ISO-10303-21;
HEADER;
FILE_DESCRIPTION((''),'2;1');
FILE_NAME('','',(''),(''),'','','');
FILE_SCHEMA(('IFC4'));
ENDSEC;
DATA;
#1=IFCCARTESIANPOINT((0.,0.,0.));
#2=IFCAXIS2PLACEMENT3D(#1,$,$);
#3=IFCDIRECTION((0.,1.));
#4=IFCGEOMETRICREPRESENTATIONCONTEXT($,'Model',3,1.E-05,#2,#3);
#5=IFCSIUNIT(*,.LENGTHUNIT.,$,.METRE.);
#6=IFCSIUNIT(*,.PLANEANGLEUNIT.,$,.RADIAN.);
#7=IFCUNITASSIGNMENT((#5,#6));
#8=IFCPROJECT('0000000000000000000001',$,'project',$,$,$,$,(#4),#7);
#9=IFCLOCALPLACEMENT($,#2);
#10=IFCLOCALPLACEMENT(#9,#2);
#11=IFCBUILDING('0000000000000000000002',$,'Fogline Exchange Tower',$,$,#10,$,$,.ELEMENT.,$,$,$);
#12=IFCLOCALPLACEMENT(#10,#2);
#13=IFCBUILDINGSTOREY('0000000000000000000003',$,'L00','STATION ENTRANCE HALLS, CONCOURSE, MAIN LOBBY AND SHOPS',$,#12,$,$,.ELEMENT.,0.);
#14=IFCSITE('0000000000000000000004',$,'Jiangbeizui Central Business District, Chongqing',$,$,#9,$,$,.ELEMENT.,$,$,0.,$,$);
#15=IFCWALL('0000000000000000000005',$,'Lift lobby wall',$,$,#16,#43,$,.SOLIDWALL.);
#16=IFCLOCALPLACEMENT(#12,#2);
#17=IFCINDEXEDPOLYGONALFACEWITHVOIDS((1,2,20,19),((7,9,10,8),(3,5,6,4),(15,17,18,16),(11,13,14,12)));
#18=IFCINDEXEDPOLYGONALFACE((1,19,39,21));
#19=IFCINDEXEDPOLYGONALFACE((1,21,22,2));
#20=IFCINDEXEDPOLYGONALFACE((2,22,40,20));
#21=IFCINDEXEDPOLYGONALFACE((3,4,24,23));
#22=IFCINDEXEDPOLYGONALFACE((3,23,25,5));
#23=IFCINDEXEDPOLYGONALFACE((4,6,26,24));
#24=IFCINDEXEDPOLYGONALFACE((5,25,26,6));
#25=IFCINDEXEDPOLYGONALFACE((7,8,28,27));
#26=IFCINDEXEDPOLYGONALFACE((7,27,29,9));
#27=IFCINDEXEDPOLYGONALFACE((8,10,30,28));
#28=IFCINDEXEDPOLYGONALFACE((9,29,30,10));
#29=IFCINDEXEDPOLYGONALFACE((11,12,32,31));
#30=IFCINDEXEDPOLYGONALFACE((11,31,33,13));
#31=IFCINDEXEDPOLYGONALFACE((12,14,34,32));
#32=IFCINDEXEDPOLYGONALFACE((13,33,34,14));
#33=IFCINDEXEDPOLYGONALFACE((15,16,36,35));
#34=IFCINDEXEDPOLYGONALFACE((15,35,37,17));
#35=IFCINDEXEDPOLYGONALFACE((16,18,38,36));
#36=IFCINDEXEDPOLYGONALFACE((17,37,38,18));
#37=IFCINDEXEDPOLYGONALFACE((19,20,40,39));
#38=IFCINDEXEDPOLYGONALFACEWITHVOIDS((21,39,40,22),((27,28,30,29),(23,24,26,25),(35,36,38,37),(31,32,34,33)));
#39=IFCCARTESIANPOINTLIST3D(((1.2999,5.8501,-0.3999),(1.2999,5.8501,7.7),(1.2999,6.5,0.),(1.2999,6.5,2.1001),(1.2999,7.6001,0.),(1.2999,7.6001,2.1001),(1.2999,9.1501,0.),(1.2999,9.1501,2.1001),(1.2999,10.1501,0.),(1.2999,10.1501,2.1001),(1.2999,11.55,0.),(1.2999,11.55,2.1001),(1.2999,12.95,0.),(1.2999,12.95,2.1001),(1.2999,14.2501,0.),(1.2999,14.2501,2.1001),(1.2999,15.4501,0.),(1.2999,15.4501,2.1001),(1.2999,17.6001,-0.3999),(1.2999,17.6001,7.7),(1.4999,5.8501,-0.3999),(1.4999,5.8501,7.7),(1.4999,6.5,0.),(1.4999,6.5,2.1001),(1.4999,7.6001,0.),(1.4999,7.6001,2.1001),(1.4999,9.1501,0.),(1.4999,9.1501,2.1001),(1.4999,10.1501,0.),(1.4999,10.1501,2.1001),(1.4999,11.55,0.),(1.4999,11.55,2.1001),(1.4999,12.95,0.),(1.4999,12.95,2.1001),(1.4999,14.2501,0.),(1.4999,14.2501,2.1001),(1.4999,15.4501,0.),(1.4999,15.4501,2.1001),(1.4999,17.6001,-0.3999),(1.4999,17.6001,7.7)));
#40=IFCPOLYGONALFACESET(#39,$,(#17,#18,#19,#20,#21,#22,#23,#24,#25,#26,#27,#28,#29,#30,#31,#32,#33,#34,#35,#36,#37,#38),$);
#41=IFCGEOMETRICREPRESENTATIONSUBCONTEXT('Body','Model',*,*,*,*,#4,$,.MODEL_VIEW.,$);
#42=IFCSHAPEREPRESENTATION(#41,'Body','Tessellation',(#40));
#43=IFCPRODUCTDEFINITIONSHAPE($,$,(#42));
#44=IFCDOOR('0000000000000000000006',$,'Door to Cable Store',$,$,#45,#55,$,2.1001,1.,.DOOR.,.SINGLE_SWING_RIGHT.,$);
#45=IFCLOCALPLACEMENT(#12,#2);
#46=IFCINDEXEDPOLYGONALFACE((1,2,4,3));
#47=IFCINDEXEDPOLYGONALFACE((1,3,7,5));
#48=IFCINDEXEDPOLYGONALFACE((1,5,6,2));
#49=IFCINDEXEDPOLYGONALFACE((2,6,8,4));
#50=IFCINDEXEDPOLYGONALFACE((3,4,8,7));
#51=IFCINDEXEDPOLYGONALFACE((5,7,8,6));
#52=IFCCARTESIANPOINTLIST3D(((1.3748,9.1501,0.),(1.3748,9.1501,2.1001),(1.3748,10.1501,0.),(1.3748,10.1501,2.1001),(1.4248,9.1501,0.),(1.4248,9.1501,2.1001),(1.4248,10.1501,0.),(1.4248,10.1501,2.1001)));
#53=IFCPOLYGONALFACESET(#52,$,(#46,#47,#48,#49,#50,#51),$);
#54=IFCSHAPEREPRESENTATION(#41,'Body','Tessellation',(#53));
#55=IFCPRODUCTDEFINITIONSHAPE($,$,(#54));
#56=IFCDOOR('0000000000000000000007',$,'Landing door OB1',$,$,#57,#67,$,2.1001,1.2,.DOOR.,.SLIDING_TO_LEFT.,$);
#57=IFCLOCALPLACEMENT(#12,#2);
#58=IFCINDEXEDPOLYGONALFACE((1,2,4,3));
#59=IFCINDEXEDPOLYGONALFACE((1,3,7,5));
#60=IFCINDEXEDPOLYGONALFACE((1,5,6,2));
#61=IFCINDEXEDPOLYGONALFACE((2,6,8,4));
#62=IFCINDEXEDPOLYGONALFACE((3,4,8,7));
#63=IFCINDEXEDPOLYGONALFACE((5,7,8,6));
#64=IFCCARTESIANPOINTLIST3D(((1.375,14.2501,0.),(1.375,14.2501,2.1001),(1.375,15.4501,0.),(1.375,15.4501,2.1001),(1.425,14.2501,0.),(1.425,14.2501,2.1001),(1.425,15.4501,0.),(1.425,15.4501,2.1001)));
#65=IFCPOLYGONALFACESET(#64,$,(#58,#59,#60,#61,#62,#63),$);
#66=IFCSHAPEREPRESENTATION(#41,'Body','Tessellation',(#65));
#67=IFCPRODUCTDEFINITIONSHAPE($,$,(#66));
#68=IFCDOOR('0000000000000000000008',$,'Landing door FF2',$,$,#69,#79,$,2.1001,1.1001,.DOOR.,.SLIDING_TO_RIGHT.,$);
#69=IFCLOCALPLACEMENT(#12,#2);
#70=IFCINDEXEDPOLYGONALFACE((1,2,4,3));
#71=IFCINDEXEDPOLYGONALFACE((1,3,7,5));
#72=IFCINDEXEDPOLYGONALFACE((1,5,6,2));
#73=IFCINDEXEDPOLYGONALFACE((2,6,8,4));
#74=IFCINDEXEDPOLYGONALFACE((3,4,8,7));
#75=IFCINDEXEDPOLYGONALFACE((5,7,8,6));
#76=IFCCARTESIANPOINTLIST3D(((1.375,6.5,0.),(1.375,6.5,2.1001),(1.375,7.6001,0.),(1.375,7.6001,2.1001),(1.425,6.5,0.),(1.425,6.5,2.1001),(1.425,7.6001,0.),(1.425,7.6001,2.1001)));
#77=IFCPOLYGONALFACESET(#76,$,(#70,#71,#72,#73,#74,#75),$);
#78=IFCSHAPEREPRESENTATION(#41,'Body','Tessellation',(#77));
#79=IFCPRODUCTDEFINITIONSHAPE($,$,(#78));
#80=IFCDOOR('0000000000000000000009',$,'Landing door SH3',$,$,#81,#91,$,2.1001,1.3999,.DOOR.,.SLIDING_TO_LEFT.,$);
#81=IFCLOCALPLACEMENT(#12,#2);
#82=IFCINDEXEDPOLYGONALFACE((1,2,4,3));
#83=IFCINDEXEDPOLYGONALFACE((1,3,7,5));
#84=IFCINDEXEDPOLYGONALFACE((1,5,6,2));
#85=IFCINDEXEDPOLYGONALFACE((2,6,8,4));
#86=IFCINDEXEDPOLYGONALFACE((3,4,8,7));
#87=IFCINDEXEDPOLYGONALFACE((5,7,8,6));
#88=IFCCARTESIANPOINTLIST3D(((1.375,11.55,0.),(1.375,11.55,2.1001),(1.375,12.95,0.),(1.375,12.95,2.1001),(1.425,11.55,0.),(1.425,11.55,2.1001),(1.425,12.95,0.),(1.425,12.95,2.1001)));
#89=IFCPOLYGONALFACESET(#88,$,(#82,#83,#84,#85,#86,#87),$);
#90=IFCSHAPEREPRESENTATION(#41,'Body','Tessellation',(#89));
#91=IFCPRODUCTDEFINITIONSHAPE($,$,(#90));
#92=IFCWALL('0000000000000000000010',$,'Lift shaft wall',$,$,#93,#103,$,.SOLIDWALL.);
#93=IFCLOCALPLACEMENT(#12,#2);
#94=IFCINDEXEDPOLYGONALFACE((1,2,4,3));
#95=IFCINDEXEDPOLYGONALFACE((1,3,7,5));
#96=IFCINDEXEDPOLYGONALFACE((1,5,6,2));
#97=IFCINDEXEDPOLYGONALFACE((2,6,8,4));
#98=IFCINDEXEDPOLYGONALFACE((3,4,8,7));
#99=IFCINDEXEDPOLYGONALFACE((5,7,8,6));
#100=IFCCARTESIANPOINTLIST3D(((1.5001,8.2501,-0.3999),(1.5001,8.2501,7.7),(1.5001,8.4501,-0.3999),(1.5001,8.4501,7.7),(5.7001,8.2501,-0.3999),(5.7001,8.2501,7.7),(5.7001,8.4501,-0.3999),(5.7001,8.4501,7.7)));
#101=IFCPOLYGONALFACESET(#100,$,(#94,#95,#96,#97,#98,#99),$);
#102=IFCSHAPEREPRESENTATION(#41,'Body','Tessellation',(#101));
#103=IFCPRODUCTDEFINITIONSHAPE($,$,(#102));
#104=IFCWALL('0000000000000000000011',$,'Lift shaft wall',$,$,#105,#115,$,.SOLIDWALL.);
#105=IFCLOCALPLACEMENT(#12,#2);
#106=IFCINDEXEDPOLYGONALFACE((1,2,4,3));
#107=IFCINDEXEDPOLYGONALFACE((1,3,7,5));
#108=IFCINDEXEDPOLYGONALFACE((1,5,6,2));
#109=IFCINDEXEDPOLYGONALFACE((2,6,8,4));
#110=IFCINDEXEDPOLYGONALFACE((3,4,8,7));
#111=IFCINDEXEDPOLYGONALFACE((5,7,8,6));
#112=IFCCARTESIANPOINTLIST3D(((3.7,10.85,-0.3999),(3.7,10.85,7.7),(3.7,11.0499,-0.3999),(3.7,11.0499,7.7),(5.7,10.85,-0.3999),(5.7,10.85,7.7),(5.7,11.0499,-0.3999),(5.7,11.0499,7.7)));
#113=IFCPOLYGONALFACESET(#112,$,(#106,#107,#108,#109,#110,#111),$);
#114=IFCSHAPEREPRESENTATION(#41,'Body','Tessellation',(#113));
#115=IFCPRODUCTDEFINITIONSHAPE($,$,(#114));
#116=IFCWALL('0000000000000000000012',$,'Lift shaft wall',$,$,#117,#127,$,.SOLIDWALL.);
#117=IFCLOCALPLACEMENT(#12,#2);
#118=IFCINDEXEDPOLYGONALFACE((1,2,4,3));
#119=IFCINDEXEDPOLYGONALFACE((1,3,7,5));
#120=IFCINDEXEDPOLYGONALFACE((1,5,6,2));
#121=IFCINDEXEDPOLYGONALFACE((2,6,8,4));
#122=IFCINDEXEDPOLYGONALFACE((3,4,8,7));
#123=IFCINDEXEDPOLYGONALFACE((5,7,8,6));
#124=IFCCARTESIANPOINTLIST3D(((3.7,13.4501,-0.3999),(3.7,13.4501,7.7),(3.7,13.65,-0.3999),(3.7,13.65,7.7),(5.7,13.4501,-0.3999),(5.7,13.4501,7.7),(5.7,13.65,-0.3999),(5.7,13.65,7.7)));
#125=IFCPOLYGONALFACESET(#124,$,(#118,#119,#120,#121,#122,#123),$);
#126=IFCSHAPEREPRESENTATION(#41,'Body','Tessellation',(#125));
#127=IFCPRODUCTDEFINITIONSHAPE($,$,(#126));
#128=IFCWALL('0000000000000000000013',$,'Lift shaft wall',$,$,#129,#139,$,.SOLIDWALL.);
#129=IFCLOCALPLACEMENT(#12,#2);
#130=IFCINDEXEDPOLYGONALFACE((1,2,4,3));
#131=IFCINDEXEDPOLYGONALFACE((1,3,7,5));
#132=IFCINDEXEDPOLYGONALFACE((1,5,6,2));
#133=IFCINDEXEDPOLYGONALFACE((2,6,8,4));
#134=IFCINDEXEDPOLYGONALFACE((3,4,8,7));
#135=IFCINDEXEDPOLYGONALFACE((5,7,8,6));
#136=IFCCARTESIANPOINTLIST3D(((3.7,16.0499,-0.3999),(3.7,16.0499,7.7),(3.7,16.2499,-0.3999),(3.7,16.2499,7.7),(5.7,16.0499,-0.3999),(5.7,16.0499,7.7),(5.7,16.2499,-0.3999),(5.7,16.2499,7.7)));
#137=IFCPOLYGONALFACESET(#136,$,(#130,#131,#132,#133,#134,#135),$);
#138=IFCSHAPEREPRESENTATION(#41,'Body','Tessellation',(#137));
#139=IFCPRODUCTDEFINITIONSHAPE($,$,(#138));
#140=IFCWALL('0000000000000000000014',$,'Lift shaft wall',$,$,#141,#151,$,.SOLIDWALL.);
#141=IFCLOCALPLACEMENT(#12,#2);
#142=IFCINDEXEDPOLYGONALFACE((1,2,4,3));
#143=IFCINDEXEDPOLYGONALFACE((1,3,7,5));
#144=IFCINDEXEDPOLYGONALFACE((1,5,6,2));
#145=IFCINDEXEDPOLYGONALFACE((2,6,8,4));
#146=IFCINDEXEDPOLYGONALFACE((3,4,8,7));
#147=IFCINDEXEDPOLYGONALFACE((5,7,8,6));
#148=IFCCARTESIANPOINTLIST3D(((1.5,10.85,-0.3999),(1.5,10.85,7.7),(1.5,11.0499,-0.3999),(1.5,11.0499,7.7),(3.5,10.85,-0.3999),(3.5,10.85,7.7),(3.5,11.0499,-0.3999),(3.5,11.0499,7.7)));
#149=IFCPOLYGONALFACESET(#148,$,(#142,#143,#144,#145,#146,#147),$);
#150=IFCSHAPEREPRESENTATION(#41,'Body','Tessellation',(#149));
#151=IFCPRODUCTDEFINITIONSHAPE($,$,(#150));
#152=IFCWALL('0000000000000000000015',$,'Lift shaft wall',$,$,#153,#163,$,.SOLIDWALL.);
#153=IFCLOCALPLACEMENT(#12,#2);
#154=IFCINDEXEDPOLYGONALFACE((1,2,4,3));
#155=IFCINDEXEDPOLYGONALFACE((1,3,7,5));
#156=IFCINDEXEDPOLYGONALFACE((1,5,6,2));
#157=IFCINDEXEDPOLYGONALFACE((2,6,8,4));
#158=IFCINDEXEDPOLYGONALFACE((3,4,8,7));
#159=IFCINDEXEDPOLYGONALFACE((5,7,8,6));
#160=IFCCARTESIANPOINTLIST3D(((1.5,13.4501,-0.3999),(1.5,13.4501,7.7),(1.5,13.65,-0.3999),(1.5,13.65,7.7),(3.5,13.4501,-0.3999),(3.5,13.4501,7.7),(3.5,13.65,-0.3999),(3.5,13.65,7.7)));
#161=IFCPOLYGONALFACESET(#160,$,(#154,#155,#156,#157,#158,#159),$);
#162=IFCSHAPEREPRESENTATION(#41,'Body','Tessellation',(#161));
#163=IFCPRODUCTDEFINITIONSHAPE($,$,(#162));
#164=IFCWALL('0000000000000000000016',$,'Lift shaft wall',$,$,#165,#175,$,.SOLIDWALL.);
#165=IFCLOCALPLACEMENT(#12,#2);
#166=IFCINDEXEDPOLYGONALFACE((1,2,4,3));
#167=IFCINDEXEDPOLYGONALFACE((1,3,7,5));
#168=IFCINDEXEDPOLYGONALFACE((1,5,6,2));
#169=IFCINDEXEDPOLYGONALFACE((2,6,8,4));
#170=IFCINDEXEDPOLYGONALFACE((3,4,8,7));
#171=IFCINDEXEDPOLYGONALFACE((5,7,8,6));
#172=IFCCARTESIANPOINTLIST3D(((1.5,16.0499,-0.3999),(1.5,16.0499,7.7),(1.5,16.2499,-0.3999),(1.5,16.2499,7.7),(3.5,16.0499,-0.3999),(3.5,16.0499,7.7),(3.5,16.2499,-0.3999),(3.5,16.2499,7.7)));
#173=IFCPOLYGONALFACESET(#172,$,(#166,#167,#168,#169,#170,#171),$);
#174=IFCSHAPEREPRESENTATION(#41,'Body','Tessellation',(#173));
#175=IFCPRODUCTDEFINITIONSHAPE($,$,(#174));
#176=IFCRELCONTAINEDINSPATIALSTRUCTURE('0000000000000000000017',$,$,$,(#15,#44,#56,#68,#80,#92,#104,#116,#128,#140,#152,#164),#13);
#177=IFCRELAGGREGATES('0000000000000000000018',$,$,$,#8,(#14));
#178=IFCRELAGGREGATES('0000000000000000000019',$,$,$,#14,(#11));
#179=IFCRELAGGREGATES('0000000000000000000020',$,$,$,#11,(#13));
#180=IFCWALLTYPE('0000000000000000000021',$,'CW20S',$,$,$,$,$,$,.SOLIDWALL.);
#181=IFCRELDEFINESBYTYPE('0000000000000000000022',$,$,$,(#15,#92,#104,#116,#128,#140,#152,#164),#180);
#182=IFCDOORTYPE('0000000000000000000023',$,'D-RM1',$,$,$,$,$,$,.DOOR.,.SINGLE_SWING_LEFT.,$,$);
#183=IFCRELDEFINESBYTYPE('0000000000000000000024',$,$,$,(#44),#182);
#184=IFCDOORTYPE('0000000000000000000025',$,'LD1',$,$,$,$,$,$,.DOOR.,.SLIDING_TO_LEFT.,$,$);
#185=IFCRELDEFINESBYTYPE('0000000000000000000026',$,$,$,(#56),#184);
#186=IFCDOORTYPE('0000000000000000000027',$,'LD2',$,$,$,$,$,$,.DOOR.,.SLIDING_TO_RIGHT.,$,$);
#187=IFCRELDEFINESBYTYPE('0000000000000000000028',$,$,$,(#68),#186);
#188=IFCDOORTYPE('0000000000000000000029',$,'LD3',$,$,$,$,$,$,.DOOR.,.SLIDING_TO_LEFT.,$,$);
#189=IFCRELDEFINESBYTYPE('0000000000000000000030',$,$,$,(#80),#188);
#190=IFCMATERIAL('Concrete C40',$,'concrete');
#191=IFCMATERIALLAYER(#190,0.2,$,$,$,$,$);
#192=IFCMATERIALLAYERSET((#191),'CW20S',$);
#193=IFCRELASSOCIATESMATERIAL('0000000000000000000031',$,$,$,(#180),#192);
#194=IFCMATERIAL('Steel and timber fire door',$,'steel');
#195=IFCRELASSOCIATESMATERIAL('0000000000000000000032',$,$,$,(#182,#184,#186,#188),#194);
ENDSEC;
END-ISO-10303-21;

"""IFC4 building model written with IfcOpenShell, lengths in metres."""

from ifc_helpers import new_model, si_unit, direction, frame, frame_2d, origin, place, context, subcontext, project, spatial, rectangle, extrude, material, layer, layer_set, type_object, element, fill, save


model = new_model("IFC4")

# Units and contexts
model_context = context("Model", 3, precision=1e-05, world=origin(), true_north=direction((0.0, 1.0)))
body_context = subcontext(model_context, "Body", "Model", "MODEL_VIEW")
ifc_project = project(units=[si_unit("LENGTHUNIT", "METRE"), si_unit("PLANEANGLEUNIT", "RADIAN")], contexts=[model_context])

# Site, building, storey
site_placement = place(None, origin())
site = spatial("IfcSite", under=ifc_project, at=site_placement, Name="Jiangbeizui Central Business District, Chongqing", CompositionType="ELEMENT", RefElevation=0.0)
building_placement = place(site_placement, origin())
building = spatial("IfcBuilding", under=site, at=building_placement, Name="Fogline Exchange Tower", CompositionType="ELEMENT")
storey_placement = place(building_placement, origin())
storey = spatial("IfcBuildingStorey", under=building, at=storey_placement, Name="L00", Description="STATION ENTRANCE HALLS, CONCOURSE, MAIN LOBBY AND SHOPS", CompositionType="ELEMENT", Elevation=0.0)

# Shared definitions
ifc_material_1 = material(Name="Concrete C40", Category="concrete")

# Shared definitions
ifc_layer_1 = layer(ifc_material_1, 0.2)
ifc_layer_set_1 = layer_set([ifc_layer_1], Name="CW20S")
wall_type_1 = type_object("IfcWallType", Name="CW20S", PredefinedType="SOLIDWALL", material=ifc_layer_set_1)
ifc_material_2 = material(Name="Steel and timber fire door", Category="steel")
door_type_1 = type_object("IfcDoorType", Name="D-RM1", OperationType="SINGLE_SWING_LEFT", PredefinedType="DOOR", material=ifc_material_2)

# Wall, openings, doors
wall_1_placement = place(storey_placement, frame((1.3999, 5.8501, -0.3999), z_axis=(0.0, 0.0, 1.0), x_axis=(0.0, 1.0, 0.0)))
wall_1 = element("IfcWall", 1, at=wall_1_placement, inside=storey, type_object=wall_type_1, Name="Lift lobby wall", PredefinedType="SOLIDWALL", context=body_context, shape_type="SweptSolid", body=[
    extrude(rectangle(XDim=11.75, YDim=0.2, at=frame_2d((5.875, 0.0))), origin(), (0.0, 0.0, 1.0), 8.0999),
])
opening_1_placement = place(wall_1_placement, frame((5.7, 0.0, 0.3999)))
opening_1 = element("IfcOpeningElement", 2, at=opening_1_placement, cuts=wall_1, PredefinedType="OPENING", context=body_context, shape_type="SweptSolid", body=[
    extrude(rectangle(XDim=1.3999, YDim=2.1001, at=frame_2d((0.7, 1.05))), frame((0.0, 0.1099, 0.0), z_axis=(0.0, -1.0, 0.0), x_axis=(1.0, 0.0, 0.0)), (0.0, 0.0, 1.0), 0.22),
])
opening_2_placement = place(wall_1_placement, frame((8.3999, 0.0, 0.3999)))
opening_2 = element("IfcOpeningElement", 3, at=opening_2_placement, cuts=wall_1, PredefinedType="OPENING", context=body_context, shape_type="SweptSolid", body=[
    extrude(rectangle(XDim=1.2, YDim=2.1001, at=frame_2d((0.6001, 1.05))), frame((0.0, 0.1099, 0.0), z_axis=(0.0, -1.0, 0.0), x_axis=(1.0, 0.0, 0.0)), (0.0, 0.0, 1.0), 0.22),
])
opening_3_placement = place(wall_1_placement, frame((0.6499, 0.0, 0.3999)))
opening_3 = element("IfcOpeningElement", 4, at=opening_3_placement, cuts=wall_1, PredefinedType="OPENING", context=body_context, shape_type="SweptSolid", body=[
    extrude(rectangle(XDim=1.1001, YDim=2.1001, at=frame_2d((0.55, 1.05))), frame((0.0, 0.1099, 0.0), z_axis=(0.0, -1.0, 0.0), x_axis=(1.0, 0.0, 0.0)), (0.0, 0.0, 1.0), 0.22),
])
opening_4_placement = place(wall_1_placement, frame((3.3, 0.0, 0.3999)))
opening_4 = element("IfcOpeningElement", 5, at=opening_4_placement, cuts=wall_1, PredefinedType="OPENING", context=body_context, shape_type="SweptSolid", body=[
    extrude(rectangle(XDim=1.0, YDim=2.1001, at=frame_2d((0.5, 1.05))), frame((0.0, 0.1099, 0.0), z_axis=(0.0, -1.0, 0.0), x_axis=(1.0, 0.0, 0.0)), (0.0, 0.0, 1.0), 0.22),
])
door_1_placement = place(opening_4_placement, frame((1.0, 0.0, 0.0), z_axis=(0.0, 0.0, 1.0), x_axis=(-1.0, 0.0, 0.0)))
door_1 = element("IfcDoor", 6, at=door_1_placement, inside=storey, type_object=door_type_1, Name="Door to Cable Store", OperationType="SINGLE_SWING_RIGHT", OverallHeight=2.1001, OverallWidth=1.0, PredefinedType="DOOR", context=body_context, shape_type="SweptSolid", body=[
    extrude(rectangle(XDim=1.0, YDim=2.1001, at=frame_2d((0.5, 1.05))), frame((0.0, 0.0249, 0.0), z_axis=(0.0, -1.0, 0.0), x_axis=(1.0, 0.0, 0.0)), (0.0, 0.0, 1.0), 0.05),
])
fill(opening_4, door_1)
door_type_2 = type_object("IfcDoorType", Name="LD1", OperationType="SLIDING_TO_LEFT", PredefinedType="DOOR", material=ifc_material_2)
door_2_placement = place(opening_2_placement, origin())
door_2 = element("IfcDoor", 7, at=door_2_placement, inside=storey, type_object=door_type_2, Name="Landing door OB1", OperationType="SLIDING_TO_LEFT", OverallHeight=2.1001, OverallWidth=1.2, PredefinedType="DOOR", context=body_context, shape_type="SweptSolid", body=[
    extrude(rectangle(XDim=1.2, YDim=2.1001, at=frame_2d((0.6001, 1.05))), frame((0.0, 0.0249, 0.0), z_axis=(0.0, -1.0, 0.0), x_axis=(1.0, 0.0, 0.0)), (0.0, 0.0, 1.0), 0.05),
])
fill(opening_2, door_2)
door_type_3 = type_object("IfcDoorType", Name="LD2", OperationType="SLIDING_TO_RIGHT", PredefinedType="DOOR", material=ifc_material_2)
door_3_placement = place(opening_3_placement, origin())
door_3 = element("IfcDoor", 8, at=door_3_placement, inside=storey, type_object=door_type_3, Name="Landing door FF2", OperationType="SLIDING_TO_RIGHT", OverallHeight=2.1001, OverallWidth=1.1001, PredefinedType="DOOR", context=body_context, shape_type="SweptSolid", body=[
    extrude(rectangle(XDim=1.1001, YDim=2.1001, at=frame_2d((0.55, 1.05))), frame((0.0, 0.0249, 0.0), z_axis=(0.0, -1.0, 0.0), x_axis=(1.0, 0.0, 0.0)), (0.0, 0.0, 1.0), 0.05),
])
fill(opening_3, door_3)
door_type_4 = type_object("IfcDoorType", Name="LD3", OperationType="SLIDING_TO_LEFT", PredefinedType="DOOR", material=ifc_material_2)
door_4_placement = place(opening_1_placement, origin())
door_4 = element("IfcDoor", 9, at=door_4_placement, inside=storey, type_object=door_type_4, Name="Landing door SH3", OperationType="SLIDING_TO_LEFT", OverallHeight=2.1001, OverallWidth=1.3999, PredefinedType="DOOR", context=body_context, shape_type="SweptSolid", body=[
    extrude(rectangle(XDim=1.3999, YDim=2.1001, at=frame_2d((0.7, 1.05))), frame((0.0, 0.0249, 0.0), z_axis=(0.0, -1.0, 0.0), x_axis=(1.0, 0.0, 0.0)), (0.0, 0.0, 1.0), 0.05),
])
fill(opening_1, door_4)

# Walls
wall_2_placement = place(storey_placement, frame((1.5, 8.3501, -0.3999), z_axis=(0.0, 0.0, 1.0), x_axis=(1.0, 0.0, 0.0)))
element("IfcWall", 10, at=wall_2_placement, inside=storey, type_object=wall_type_1, Name="Lift shaft wall", PredefinedType="SOLIDWALL", context=body_context, shape_type="SweptSolid", body=[
    extrude(rectangle(XDim=4.2, YDim=0.2, at=frame_2d((2.1001, 0.0))), origin(), (0.0, 0.0, 1.0), 8.0999),
])
for number, where, z_axis, x_axis, name in (
    (11, (3.7, 10.95, -0.3999), (0.0, 0.0, 1.0), (1.0, 0.0, 0.0), "Lift shaft wall"),
    (12, (3.7, 13.55, -0.3999), (0.0, 0.0, 1.0), (1.0, 0.0, 0.0), "Lift shaft wall"),
    (13, (3.7, 16.1499, -0.3999), (0.0, 0.0, 1.0), (1.0, 0.0, 0.0), "Lift shaft wall"),
    (14, (1.5, 10.95, -0.3999), (0.0, 0.0, 1.0), (1.0, 0.0, 0.0), "Lift shaft wall"),
    (15, (1.5, 13.55, -0.3999), (0.0, 0.0, 1.0), (1.0, 0.0, 0.0), "Lift shaft wall"),
    (16, (1.5, 16.1499, -0.3999), (0.0, 0.0, 1.0), (1.0, 0.0, 0.0), "Lift shaft wall"),
):
    element("IfcWall", number, at=place(storey_placement, frame(where, z_axis=z_axis, x_axis=x_axis)), inside=storey, type_object=wall_type_1, Name=name, PredefinedType="SOLIDWALL", context=body_context, shape_type="SweptSolid", body=[
        extrude(rectangle(XDim=2.0, YDim=0.2, at=frame_2d((1.0, 0.0))), origin(), (0.0, 0.0, 1.0), 8.0999),
    ])

save(model, "model.ifc")
